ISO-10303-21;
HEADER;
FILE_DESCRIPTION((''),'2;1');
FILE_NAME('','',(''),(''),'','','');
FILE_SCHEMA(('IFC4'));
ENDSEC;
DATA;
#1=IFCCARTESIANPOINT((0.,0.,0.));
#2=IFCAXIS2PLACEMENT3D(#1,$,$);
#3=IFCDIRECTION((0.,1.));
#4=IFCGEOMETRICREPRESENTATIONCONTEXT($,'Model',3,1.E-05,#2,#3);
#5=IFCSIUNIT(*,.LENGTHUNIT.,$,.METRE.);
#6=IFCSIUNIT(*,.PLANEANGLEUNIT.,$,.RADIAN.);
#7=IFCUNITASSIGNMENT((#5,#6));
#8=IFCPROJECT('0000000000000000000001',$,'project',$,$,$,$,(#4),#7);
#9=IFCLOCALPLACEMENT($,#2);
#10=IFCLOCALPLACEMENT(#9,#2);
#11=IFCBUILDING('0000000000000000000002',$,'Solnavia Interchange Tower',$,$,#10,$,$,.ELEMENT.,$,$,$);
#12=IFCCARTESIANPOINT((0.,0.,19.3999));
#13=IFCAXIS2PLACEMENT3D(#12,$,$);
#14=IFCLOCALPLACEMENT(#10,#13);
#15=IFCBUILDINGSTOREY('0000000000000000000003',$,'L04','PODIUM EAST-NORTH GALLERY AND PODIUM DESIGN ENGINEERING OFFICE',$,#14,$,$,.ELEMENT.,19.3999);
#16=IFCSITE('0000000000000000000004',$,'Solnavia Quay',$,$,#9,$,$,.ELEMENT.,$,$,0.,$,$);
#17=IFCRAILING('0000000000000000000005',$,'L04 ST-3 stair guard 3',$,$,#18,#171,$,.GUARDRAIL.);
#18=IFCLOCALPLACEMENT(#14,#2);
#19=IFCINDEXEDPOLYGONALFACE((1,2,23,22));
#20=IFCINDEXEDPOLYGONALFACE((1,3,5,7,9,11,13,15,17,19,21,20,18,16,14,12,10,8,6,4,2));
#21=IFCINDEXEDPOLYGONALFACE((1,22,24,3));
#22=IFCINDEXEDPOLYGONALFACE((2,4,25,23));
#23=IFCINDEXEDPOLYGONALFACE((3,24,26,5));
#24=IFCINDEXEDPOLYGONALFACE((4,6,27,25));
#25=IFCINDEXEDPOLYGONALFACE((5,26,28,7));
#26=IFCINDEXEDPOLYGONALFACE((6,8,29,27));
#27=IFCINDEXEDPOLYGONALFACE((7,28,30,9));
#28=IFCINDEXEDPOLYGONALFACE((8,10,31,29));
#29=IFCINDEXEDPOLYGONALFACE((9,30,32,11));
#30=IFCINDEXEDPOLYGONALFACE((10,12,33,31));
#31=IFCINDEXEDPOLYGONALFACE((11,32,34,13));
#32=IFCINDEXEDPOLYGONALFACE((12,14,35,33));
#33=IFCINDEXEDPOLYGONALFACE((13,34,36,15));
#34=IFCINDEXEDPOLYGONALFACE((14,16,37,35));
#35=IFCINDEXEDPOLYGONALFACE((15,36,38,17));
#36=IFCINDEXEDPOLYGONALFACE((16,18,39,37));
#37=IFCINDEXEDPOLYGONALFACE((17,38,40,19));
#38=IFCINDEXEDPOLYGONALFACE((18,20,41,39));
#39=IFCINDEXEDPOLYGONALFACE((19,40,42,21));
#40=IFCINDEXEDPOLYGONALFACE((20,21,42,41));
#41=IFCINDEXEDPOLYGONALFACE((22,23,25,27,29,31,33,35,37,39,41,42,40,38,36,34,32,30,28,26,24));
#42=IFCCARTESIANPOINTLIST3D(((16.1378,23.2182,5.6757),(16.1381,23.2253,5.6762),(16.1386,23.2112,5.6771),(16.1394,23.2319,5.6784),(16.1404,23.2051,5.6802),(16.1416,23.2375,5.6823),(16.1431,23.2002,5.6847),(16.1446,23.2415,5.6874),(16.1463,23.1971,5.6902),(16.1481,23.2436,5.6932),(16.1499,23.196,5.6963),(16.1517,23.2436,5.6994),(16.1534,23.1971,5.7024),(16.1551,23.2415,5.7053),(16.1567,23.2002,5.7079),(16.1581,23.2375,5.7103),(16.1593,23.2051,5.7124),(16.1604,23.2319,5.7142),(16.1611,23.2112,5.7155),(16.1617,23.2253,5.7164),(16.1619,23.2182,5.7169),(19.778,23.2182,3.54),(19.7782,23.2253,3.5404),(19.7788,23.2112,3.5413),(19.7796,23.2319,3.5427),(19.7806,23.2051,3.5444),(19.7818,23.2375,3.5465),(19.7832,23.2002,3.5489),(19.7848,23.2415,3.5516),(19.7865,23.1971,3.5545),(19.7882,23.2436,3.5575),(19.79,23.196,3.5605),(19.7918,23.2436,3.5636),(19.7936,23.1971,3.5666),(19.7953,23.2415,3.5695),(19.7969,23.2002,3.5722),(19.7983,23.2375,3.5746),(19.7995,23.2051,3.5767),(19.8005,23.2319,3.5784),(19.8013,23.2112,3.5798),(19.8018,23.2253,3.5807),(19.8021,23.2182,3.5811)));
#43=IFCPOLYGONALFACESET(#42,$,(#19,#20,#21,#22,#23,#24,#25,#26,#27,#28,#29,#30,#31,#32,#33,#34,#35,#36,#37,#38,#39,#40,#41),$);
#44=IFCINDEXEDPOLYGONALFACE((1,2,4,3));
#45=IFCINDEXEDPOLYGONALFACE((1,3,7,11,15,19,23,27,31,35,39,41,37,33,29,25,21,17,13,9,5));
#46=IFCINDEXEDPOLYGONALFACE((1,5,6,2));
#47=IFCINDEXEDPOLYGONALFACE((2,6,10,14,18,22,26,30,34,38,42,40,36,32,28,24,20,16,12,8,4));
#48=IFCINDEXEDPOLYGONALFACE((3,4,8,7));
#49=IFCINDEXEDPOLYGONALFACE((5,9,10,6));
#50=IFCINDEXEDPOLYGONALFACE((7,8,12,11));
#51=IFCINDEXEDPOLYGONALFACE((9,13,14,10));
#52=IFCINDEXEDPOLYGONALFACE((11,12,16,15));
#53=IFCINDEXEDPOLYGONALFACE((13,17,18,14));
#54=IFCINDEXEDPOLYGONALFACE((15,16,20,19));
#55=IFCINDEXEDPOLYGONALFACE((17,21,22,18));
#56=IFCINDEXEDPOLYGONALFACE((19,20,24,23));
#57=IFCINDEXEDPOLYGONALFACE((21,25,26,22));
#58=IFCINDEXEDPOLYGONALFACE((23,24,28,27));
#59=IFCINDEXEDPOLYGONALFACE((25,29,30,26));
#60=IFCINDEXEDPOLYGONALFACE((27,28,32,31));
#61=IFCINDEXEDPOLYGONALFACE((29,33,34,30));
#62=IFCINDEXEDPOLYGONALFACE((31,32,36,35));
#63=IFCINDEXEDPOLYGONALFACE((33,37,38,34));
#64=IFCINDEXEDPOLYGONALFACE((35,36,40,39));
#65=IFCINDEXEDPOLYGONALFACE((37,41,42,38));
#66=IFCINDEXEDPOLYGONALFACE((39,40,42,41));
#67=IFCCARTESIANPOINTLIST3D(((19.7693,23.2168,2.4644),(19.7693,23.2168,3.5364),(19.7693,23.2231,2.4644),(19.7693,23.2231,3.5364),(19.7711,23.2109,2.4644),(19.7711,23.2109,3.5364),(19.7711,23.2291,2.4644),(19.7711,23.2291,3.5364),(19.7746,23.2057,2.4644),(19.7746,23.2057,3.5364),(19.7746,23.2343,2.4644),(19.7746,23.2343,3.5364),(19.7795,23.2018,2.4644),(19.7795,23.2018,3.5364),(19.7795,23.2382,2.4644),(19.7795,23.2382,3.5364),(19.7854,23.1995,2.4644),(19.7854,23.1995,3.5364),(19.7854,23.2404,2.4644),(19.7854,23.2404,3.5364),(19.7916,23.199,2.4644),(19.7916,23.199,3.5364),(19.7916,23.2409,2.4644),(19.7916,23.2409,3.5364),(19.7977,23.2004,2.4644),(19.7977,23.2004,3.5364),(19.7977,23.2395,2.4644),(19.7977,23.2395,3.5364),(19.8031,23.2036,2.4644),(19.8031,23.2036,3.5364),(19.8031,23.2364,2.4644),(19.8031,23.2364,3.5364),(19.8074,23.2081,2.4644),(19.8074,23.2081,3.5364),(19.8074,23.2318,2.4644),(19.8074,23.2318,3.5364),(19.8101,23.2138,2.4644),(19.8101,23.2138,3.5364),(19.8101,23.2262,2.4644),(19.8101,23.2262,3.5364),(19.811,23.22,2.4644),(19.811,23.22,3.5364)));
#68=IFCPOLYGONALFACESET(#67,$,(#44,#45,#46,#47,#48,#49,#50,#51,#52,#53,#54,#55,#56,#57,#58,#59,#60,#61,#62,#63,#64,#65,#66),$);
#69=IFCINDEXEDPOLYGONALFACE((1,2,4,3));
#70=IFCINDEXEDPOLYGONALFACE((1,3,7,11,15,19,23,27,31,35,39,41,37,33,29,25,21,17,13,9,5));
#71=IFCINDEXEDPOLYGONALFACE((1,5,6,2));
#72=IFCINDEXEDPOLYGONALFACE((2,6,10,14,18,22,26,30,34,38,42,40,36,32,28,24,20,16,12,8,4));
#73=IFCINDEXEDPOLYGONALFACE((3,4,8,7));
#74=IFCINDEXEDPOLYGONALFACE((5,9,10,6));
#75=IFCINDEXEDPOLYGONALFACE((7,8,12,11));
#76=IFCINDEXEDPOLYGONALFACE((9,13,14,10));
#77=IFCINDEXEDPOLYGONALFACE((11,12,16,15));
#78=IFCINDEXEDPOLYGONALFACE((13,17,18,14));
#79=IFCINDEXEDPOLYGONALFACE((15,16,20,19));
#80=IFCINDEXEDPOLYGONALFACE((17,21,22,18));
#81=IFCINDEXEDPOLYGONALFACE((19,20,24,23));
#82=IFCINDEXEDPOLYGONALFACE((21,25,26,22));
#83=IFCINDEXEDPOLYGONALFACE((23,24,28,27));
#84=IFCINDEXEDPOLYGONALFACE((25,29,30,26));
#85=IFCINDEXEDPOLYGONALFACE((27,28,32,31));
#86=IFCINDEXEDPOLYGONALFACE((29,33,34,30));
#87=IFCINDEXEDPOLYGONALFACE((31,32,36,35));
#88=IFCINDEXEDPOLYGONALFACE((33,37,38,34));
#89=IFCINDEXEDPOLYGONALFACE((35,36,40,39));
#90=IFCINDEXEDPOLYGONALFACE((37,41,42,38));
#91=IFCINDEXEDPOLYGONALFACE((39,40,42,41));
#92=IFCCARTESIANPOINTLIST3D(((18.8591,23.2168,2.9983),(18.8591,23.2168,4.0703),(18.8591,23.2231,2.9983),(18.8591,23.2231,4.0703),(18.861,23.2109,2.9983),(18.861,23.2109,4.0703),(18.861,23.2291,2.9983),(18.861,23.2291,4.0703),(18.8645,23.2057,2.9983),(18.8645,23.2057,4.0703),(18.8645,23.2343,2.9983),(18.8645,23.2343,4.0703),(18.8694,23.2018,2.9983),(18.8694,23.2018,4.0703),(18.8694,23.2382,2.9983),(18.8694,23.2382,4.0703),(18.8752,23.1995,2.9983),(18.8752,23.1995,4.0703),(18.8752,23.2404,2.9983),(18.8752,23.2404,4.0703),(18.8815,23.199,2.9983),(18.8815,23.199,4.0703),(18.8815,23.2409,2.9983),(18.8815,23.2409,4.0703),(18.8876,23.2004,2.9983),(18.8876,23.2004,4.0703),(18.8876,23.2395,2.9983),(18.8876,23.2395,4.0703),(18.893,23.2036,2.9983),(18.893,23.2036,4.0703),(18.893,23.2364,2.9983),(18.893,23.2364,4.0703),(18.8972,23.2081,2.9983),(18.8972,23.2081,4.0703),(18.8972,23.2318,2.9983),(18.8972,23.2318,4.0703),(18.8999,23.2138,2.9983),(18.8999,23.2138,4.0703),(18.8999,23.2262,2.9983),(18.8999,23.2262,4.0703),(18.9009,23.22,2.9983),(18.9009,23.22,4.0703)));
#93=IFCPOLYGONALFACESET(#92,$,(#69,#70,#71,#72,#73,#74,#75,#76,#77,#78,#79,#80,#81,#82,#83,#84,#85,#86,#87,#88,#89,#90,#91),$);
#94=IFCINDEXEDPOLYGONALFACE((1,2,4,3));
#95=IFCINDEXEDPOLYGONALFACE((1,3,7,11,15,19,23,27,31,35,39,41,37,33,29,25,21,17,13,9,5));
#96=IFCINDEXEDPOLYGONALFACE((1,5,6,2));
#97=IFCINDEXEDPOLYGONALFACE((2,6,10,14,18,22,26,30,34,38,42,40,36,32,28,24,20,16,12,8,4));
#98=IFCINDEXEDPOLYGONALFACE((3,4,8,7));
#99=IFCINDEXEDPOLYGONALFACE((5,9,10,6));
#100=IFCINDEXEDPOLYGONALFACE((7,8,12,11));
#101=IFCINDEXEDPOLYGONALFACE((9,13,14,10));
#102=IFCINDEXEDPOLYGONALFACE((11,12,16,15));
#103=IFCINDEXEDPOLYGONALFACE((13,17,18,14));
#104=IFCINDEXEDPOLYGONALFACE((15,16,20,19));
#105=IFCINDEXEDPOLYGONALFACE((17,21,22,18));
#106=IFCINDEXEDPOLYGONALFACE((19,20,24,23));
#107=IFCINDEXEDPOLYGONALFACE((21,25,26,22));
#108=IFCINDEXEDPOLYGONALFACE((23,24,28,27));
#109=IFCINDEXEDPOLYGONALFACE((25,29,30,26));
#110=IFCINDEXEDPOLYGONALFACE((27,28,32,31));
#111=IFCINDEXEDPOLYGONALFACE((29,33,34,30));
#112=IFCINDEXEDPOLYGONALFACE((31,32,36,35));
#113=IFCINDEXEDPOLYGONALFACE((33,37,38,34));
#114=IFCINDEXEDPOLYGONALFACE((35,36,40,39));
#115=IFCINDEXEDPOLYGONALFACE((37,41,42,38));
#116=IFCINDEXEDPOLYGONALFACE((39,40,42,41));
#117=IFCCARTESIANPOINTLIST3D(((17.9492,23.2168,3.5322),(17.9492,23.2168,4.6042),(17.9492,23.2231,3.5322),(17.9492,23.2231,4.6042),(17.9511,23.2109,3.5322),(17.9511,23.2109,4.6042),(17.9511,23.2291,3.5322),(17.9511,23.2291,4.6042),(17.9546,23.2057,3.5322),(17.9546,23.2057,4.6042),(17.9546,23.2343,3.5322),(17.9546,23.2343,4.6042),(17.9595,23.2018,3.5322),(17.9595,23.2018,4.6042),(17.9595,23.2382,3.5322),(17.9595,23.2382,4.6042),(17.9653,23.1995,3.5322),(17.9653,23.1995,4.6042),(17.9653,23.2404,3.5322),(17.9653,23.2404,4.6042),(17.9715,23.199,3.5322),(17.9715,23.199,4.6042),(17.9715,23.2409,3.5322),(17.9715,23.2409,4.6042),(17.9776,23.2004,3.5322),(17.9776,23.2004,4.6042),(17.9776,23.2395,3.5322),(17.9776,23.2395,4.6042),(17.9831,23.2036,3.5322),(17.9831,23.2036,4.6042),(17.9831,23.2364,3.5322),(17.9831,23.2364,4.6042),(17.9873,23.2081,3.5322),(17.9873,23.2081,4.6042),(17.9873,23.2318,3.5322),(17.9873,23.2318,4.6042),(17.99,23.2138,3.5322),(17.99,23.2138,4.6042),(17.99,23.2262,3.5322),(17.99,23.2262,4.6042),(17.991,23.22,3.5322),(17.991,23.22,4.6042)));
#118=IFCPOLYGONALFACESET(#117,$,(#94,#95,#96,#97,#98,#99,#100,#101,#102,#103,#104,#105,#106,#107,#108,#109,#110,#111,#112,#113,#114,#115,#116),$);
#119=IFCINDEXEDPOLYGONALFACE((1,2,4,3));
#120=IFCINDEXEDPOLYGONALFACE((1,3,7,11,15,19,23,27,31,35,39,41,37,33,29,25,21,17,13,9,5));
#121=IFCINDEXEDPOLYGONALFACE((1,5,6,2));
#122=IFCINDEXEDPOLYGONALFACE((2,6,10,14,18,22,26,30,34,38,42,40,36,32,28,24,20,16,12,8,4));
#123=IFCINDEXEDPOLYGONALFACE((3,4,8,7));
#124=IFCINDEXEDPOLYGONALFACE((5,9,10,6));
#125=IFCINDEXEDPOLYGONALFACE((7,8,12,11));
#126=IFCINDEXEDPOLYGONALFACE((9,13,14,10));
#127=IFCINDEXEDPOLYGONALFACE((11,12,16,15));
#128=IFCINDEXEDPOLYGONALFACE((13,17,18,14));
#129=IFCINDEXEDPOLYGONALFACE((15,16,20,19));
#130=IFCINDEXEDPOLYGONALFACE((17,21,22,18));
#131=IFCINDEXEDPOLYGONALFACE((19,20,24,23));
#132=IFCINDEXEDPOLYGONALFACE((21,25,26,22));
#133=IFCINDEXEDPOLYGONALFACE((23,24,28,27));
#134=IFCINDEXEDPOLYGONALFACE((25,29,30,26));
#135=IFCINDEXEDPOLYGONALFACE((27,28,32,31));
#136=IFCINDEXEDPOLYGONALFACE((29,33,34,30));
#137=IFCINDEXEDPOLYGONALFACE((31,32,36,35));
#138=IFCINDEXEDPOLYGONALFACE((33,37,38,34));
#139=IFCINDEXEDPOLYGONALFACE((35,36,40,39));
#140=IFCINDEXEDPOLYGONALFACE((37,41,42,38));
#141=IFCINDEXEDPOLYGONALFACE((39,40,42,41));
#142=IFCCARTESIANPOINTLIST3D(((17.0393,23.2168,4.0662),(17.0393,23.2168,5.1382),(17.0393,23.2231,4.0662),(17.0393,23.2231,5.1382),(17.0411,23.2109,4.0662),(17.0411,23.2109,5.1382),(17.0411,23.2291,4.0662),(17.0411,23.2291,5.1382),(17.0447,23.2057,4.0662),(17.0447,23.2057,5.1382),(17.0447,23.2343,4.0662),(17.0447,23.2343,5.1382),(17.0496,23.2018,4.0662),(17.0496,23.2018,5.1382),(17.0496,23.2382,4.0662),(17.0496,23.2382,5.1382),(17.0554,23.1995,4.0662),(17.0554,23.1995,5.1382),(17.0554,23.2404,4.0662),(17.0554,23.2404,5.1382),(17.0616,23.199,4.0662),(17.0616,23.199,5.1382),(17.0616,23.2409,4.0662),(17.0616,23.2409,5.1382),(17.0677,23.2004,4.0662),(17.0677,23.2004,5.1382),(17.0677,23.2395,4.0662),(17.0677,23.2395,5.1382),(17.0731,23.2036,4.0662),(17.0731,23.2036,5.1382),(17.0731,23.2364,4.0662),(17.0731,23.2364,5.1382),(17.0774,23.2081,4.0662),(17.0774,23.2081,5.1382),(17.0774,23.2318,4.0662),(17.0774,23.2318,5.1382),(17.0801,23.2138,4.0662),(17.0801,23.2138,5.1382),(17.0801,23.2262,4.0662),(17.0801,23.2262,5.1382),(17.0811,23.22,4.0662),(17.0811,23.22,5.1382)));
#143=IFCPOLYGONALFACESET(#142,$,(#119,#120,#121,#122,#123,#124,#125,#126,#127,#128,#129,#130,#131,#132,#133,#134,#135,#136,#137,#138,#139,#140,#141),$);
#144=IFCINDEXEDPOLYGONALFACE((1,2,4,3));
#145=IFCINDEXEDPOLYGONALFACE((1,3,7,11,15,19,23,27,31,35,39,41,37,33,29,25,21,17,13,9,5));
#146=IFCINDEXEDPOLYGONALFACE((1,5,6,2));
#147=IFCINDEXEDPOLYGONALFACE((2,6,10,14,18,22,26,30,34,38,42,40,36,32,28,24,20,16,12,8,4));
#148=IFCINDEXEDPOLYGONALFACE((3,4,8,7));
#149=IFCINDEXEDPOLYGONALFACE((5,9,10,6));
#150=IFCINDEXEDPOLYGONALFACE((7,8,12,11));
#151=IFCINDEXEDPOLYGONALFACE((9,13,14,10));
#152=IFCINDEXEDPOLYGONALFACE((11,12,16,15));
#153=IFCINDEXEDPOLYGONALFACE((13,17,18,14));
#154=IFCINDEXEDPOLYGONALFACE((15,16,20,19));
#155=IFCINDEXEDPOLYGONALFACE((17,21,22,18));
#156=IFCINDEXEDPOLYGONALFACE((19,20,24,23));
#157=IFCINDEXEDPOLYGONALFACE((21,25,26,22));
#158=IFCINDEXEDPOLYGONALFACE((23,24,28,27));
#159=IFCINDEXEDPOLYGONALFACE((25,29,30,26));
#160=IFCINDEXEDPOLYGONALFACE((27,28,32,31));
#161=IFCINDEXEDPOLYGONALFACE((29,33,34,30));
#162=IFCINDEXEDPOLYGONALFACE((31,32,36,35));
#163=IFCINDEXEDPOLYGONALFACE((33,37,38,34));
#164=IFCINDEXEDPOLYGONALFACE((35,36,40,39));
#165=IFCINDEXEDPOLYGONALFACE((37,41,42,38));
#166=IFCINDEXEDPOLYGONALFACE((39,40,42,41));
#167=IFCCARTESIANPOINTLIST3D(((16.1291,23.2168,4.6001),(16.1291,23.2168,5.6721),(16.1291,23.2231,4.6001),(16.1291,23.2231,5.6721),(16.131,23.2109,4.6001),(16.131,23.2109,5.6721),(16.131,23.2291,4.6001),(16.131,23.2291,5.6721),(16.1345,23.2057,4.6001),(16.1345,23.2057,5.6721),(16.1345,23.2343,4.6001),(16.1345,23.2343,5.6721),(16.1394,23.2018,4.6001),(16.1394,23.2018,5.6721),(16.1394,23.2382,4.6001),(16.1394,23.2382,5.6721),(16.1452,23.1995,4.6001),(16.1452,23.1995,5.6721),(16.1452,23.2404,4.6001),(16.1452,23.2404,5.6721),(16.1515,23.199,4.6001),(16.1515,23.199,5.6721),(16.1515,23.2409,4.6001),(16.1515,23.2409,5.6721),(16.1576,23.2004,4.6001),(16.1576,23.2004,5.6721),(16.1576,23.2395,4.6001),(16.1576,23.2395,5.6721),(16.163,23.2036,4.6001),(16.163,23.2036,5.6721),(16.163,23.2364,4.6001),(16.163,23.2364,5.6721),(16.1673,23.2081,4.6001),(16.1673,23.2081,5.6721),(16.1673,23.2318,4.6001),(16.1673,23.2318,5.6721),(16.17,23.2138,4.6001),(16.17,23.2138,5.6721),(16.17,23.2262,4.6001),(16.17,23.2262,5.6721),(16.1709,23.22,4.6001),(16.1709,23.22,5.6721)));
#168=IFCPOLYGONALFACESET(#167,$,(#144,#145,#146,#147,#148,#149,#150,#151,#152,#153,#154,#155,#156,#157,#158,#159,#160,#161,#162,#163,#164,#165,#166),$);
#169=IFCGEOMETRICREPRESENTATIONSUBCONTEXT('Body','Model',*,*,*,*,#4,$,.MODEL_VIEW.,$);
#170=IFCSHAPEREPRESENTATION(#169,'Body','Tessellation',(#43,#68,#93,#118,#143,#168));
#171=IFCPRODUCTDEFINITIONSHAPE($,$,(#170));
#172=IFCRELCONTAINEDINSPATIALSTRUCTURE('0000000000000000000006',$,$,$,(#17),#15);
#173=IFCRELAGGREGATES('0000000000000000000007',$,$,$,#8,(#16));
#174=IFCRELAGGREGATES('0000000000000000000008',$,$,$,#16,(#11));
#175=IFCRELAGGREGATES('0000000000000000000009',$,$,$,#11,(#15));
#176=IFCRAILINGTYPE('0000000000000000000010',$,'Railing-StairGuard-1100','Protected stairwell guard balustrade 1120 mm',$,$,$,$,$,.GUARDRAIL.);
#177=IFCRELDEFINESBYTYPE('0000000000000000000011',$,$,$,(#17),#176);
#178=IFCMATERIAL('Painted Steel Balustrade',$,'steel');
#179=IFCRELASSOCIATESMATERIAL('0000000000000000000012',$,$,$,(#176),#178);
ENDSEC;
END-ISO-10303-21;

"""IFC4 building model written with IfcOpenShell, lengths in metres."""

from ifc_helpers import new_model, si_unit, direction, frame, origin, origin_2d, place, context, subcontext, project, spatial, circle, extrude, material, type_object, element, save


model = new_model("IFC4")

# Units and contexts
model_context = context("Model", 3, precision=1e-05, world=origin(), true_north=direction((0.0, 1.0)))
body_context = subcontext(model_context, "Body", "Model", "MODEL_VIEW")
ifc_project = project(units=[si_unit("LENGTHUNIT", "METRE"), si_unit("PLANEANGLEUNIT", "RADIAN")], contexts=[model_context])

# Site, building, storey
site_placement = place(None, origin())
site = spatial("IfcSite", under=ifc_project, at=site_placement, Name="Solnavia Quay", CompositionType="ELEMENT", RefElevation=0.0)
building_placement = place(site_placement, origin())
building = spatial("IfcBuilding", under=site, at=building_placement, Name="Solnavia Interchange Tower", CompositionType="ELEMENT")
storey_placement = place(building_placement, frame((0.0, 0.0, 19.3999)))
storey = spatial("IfcBuildingStorey", under=building, at=storey_placement, Name="L04", Description="PODIUM EAST-NORTH GALLERY AND PODIUM DESIGN ENGINEERING OFFICE", CompositionType="ELEMENT", Elevation=19.3999)

# Railing
ifc_material_1 = material(Name="Painted Steel Balustrade", Category="steel")
railing_type_1 = type_object("IfcRailingType", Name="Railing-StairGuard-1100", Description="Protected stairwell guard balustrade 1120 mm", PredefinedType="GUARDRAIL", material=ifc_material_1)
railing_1_placement = place(storey_placement, frame((19.79, 23.22, 2.4644)))
element("IfcRailing", 1, at=railing_1_placement, inside=storey, type_object=railing_type_1, Name="L04 ST-3 stair guard 3", PredefinedType="GUARDRAIL", context=body_context, shape_type="SweptSolid", body=[
    extrude(circle(Radius=0.0239, at=origin_2d()), frame((0.0, 0.0, 1.0962), z_axis=(-0.862505, 0.0, 0.506049), x_axis=(0.0, -1.0, 0.0)), (0.0, 0.0, 1.0), 4.2205),
    extrude(circle(Radius=0.021, at=origin_2d()), origin(), (0.0, 0.0, 1.0), 1.072),
    extrude(circle(Radius=0.021, at=origin_2d()), frame((-0.9102, 0.0, 0.5339)), (0.0, 0.0, 1.0), 1.072),
    extrude(circle(Radius=0.021, at=origin_2d()), frame((-1.8201, 0.0, 1.0679)), (0.0, 0.0, 1.0), 1.072),
    extrude(circle(Radius=0.021, at=origin_2d()), frame((-2.73, 0.0, 1.6018)), (0.0, 0.0, 1.0), 1.072),
    extrude(circle(Radius=0.021, at=origin_2d()), frame((-3.6401, 0.0, 2.1357)), (0.0, 0.0, 1.0), 1.072),
])

save(model, "model.ifc")
